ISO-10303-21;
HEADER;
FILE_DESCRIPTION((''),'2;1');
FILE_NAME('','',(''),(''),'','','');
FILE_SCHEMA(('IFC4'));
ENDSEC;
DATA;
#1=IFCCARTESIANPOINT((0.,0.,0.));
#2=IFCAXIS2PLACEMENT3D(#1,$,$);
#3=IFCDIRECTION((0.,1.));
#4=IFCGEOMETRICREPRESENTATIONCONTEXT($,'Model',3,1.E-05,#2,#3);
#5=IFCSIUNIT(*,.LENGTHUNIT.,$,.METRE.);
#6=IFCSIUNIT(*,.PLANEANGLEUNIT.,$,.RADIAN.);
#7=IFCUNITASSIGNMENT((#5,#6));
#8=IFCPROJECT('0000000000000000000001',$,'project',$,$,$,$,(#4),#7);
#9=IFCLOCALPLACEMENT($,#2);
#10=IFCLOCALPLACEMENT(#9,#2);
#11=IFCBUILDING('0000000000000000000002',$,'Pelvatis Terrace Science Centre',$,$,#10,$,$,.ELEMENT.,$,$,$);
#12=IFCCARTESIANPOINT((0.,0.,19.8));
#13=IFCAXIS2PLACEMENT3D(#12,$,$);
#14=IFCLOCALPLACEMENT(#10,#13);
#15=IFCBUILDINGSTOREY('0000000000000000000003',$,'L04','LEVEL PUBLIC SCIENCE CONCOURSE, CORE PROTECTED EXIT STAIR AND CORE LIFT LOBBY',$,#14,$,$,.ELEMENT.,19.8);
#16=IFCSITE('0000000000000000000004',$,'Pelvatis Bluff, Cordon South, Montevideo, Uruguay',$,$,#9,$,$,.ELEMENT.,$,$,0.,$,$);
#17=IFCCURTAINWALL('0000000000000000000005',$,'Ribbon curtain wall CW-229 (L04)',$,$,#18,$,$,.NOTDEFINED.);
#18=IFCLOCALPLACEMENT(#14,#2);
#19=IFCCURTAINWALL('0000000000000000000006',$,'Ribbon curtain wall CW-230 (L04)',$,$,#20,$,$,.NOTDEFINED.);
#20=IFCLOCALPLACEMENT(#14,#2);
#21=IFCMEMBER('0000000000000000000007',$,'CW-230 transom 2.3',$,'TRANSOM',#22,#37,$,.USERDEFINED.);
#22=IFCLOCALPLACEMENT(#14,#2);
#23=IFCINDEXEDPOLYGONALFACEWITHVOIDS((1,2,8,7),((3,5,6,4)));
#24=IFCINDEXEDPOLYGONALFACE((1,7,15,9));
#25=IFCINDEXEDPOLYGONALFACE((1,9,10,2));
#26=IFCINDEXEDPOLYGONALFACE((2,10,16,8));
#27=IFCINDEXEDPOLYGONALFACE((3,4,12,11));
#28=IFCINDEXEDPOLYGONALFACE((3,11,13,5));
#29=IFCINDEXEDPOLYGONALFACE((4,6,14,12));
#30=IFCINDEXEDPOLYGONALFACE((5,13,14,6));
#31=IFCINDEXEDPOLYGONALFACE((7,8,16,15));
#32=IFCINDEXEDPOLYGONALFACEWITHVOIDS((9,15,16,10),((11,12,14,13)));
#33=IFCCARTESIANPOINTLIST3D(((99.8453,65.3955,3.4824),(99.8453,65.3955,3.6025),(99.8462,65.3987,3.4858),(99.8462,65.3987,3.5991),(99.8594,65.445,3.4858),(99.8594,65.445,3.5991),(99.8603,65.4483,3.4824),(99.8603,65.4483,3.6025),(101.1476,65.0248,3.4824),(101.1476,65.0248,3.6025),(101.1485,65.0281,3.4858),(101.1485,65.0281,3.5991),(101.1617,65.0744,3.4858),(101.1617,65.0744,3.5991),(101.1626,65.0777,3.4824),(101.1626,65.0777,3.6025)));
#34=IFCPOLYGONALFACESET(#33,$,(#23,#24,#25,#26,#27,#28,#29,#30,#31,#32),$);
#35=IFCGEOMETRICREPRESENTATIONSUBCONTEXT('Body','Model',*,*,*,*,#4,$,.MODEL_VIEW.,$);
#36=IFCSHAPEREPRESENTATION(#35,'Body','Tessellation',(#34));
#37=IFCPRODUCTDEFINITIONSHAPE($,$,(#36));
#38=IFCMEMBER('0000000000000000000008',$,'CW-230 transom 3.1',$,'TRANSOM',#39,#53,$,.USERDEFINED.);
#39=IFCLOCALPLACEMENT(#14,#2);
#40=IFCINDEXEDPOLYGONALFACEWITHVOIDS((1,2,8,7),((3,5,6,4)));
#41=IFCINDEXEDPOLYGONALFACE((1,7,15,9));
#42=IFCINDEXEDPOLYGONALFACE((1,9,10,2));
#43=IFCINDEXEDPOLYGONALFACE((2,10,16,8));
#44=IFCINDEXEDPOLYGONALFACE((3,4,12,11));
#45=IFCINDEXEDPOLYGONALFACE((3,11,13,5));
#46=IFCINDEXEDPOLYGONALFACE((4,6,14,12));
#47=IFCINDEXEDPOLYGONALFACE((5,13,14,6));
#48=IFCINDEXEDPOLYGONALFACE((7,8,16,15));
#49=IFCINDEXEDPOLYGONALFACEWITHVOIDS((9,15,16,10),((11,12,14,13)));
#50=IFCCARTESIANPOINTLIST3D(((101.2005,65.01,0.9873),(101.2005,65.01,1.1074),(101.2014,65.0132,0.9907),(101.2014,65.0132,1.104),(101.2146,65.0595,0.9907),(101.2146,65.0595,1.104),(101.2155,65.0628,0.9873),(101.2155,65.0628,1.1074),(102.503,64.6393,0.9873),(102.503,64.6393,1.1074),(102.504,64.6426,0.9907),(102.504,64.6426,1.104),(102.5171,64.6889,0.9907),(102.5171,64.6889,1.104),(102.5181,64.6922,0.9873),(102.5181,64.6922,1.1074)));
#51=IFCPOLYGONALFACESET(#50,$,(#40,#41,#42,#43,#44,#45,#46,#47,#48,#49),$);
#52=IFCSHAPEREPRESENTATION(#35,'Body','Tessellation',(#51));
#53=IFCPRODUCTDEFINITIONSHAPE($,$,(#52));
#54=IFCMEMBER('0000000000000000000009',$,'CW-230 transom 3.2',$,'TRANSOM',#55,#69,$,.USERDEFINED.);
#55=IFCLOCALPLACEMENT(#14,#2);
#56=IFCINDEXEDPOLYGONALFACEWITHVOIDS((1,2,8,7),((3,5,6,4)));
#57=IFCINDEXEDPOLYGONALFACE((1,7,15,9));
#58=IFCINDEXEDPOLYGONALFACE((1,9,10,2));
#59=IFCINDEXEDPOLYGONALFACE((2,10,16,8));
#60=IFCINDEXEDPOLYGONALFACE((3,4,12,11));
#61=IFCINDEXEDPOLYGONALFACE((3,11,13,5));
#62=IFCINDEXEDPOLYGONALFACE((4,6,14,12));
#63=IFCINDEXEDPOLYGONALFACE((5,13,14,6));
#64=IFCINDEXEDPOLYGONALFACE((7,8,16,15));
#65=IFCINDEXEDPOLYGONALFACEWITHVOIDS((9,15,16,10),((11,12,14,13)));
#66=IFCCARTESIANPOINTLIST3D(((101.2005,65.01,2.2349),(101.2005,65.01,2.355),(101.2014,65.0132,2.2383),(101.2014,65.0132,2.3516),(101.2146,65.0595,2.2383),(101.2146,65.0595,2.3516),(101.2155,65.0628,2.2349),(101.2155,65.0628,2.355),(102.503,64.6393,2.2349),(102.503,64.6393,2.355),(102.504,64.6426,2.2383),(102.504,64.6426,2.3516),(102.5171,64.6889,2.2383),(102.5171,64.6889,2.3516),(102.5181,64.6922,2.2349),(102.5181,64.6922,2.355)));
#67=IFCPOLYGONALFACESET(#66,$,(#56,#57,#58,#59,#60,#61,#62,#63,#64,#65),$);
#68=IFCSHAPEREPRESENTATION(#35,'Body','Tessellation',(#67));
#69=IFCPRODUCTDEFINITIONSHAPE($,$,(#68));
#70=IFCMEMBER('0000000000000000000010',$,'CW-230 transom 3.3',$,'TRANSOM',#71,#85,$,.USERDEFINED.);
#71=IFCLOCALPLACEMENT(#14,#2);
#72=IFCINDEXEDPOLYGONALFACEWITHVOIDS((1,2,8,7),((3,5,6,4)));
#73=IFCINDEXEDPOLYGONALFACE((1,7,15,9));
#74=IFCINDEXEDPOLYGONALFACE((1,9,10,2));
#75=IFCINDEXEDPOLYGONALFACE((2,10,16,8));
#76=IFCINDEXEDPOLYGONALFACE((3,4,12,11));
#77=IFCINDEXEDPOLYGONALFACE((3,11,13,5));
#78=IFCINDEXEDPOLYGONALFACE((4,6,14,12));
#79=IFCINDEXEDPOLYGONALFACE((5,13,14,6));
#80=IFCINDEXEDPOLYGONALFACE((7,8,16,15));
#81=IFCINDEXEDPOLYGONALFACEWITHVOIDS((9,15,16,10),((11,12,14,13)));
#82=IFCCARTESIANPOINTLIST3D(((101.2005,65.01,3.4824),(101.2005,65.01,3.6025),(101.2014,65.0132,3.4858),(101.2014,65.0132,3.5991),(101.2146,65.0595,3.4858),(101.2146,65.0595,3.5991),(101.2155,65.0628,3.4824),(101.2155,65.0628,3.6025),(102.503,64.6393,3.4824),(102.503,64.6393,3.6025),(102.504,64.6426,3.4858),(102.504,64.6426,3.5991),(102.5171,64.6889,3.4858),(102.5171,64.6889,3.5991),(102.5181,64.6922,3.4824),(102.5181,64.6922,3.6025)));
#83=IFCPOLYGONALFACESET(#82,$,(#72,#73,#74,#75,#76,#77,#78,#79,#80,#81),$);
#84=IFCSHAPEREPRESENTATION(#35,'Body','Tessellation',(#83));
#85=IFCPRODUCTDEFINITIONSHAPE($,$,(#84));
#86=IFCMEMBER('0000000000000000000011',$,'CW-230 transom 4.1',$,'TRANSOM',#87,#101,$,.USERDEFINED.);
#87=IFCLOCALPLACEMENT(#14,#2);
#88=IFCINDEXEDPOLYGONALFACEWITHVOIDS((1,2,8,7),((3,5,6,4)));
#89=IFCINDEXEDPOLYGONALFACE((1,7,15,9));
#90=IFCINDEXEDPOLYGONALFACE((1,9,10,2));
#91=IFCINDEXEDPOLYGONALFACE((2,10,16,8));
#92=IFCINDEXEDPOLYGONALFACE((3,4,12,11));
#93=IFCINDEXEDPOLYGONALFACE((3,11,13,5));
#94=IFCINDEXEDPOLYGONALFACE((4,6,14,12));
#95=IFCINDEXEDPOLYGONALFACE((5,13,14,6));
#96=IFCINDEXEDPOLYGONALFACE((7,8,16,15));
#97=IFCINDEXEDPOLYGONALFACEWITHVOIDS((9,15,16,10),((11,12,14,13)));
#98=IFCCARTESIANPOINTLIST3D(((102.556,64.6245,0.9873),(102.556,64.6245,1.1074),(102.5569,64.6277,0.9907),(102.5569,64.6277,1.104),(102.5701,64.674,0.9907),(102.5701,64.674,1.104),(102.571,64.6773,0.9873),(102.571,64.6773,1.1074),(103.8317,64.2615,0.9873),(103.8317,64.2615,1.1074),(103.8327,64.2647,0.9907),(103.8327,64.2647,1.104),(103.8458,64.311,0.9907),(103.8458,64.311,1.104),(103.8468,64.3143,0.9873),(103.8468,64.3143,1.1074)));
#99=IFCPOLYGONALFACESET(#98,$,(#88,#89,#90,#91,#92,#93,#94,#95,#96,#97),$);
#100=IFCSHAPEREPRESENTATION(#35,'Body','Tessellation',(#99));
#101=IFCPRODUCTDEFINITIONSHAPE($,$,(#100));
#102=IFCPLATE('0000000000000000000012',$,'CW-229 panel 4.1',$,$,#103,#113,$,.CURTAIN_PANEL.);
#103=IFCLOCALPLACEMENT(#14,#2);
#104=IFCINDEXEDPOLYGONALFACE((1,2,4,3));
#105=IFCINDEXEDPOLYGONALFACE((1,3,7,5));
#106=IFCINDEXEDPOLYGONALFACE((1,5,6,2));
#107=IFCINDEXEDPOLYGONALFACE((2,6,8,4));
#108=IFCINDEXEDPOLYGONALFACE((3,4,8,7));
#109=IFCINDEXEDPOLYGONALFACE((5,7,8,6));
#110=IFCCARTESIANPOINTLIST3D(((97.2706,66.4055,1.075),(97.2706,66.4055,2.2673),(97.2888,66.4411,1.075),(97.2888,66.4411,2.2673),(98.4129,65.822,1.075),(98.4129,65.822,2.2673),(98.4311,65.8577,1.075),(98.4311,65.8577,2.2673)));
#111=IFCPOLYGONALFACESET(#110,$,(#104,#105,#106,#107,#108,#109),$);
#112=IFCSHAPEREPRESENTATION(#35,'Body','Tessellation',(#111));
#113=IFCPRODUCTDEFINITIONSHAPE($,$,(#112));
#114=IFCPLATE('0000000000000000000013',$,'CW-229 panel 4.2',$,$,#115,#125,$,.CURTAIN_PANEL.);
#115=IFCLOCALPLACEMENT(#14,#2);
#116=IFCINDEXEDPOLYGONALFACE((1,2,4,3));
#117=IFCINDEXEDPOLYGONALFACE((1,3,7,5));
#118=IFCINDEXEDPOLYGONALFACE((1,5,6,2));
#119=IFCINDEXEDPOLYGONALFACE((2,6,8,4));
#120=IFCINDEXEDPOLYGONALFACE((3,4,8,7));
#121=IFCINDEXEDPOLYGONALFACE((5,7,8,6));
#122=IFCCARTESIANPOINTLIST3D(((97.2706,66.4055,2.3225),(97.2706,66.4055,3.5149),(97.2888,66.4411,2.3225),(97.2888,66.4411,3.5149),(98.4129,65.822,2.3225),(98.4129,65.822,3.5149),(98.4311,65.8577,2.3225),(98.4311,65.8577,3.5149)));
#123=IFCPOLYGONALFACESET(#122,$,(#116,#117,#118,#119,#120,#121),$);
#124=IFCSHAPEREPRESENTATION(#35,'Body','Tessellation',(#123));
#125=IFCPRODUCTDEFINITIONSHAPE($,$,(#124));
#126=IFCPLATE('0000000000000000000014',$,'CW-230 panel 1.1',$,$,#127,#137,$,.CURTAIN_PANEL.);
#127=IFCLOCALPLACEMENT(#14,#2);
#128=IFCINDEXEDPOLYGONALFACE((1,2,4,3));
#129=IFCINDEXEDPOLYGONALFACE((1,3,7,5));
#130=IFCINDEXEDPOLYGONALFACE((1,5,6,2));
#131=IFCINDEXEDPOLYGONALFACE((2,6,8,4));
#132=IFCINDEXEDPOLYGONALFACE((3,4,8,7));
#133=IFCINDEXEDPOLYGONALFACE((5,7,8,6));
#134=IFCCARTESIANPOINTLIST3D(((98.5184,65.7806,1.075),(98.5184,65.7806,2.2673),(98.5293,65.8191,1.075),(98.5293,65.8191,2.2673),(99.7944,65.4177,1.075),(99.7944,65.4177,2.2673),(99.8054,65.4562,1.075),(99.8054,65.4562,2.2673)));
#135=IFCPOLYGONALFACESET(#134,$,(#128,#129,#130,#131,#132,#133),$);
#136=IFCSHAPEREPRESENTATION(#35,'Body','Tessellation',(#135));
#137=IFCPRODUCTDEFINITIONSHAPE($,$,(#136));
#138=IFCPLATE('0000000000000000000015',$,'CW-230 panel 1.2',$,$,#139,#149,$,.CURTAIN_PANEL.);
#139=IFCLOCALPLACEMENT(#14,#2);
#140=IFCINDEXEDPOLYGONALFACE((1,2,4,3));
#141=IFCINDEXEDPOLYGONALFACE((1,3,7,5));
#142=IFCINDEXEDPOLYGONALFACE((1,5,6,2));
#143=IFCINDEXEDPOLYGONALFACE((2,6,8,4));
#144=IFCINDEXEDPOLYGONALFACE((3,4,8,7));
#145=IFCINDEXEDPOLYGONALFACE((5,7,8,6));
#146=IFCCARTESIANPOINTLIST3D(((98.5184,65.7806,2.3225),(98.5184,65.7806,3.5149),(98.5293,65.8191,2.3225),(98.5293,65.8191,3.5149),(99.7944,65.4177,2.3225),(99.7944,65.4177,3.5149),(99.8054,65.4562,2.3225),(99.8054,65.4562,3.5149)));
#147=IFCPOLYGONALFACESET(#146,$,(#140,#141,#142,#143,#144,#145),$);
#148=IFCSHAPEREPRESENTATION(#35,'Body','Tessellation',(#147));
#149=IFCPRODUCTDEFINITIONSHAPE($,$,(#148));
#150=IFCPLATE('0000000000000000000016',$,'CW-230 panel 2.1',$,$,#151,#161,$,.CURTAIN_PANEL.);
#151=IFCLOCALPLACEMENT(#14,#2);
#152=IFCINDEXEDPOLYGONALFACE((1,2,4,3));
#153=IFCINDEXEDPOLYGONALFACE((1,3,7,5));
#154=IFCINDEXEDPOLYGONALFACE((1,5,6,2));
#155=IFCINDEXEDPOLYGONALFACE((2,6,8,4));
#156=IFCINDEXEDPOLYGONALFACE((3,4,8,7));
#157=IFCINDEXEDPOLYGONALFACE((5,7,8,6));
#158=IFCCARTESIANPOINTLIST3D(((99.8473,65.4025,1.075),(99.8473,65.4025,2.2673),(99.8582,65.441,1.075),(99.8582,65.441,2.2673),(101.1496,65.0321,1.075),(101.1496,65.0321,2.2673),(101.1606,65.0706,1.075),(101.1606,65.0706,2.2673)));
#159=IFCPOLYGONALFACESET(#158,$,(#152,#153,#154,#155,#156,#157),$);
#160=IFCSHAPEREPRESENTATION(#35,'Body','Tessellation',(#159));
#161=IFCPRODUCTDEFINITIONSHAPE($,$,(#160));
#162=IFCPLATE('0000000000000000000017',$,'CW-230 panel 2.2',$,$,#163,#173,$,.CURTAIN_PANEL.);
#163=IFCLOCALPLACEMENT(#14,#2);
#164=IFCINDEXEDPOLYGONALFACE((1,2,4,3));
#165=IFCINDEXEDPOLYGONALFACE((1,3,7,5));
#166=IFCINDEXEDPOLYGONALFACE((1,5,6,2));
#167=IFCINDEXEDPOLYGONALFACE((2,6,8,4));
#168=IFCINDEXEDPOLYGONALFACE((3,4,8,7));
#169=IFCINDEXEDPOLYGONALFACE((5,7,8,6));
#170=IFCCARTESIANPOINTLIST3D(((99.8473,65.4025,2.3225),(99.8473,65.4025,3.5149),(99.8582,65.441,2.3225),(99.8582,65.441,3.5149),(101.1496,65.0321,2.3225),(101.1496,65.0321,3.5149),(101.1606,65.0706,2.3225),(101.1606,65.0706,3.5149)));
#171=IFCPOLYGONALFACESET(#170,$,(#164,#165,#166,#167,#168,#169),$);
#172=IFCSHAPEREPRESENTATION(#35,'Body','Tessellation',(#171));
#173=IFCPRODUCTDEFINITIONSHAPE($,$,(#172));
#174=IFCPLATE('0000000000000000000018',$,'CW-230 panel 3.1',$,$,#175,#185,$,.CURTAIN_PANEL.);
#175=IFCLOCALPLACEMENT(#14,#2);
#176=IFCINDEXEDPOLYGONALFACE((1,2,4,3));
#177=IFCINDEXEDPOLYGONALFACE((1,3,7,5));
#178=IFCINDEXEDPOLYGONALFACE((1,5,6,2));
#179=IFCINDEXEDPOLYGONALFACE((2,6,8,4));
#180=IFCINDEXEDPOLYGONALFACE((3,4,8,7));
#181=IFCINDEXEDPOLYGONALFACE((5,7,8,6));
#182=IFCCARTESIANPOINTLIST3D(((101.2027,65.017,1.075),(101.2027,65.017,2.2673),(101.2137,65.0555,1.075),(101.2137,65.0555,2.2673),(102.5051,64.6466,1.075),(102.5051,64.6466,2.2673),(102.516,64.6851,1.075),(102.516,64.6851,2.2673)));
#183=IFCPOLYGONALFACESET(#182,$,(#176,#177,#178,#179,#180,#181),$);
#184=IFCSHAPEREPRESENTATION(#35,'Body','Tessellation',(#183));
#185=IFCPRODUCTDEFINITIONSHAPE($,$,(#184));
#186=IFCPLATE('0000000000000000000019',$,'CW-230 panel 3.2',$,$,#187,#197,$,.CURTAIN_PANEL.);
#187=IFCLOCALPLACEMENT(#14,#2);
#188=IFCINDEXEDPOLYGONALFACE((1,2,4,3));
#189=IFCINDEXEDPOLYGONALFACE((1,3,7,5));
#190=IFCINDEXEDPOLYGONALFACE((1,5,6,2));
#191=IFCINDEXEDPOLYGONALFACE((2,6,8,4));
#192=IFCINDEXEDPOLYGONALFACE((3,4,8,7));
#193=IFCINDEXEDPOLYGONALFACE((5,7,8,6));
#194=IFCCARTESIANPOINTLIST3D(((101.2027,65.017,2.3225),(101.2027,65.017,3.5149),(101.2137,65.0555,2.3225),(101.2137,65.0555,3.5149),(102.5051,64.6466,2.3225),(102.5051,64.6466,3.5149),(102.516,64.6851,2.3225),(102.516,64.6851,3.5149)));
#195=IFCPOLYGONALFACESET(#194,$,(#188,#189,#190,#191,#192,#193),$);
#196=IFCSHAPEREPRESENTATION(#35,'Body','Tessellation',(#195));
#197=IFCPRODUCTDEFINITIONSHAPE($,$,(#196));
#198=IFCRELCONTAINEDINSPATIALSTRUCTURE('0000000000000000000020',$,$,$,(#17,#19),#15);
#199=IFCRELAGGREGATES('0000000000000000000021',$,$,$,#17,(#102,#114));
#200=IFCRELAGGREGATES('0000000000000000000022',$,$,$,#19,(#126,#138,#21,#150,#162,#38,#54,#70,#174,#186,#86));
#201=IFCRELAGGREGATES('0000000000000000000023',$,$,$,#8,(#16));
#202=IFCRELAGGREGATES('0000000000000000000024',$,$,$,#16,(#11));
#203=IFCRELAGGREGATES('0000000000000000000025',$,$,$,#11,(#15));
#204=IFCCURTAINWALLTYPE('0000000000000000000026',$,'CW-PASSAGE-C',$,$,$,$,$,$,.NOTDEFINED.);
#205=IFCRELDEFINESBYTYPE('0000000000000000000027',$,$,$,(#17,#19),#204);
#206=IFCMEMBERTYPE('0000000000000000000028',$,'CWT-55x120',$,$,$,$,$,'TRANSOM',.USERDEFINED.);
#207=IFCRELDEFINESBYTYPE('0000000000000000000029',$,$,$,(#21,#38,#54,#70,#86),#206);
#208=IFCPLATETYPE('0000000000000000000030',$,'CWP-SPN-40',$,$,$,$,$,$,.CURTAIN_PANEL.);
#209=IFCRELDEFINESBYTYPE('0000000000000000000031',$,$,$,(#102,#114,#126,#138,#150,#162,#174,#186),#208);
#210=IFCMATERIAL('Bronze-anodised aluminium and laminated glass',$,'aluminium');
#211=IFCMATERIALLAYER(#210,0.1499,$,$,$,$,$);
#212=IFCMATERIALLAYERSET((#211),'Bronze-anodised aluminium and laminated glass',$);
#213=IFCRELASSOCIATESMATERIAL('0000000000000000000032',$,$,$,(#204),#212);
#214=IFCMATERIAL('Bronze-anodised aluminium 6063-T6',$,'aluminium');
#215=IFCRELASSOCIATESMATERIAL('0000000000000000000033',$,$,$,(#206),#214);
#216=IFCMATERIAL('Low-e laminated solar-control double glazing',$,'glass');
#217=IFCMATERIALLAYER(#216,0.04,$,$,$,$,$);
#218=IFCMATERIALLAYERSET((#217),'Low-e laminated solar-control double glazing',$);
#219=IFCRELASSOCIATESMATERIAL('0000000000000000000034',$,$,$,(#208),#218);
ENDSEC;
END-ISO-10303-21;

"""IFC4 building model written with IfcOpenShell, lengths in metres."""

from ifc_helpers import new_model, si_unit, direction, frame, origin, origin_2d, place, context, subcontext, project, spatial, rectangle, hollow_rectangle, extrude, material, layer, layer_set, material_profile, profile_set, type_object, element, aggregate, save


model = new_model("IFC4")

# Units and contexts
model_context = context("Model", 3, precision=1e-05, world=origin(), true_north=direction((0.0, 1.0)))
body_context = subcontext(model_context, "Body", "Model", "MODEL_VIEW")
ifc_project = project(units=[si_unit("LENGTHUNIT", "METRE"), si_unit("PLANEANGLEUNIT", "RADIAN")], contexts=[model_context])

# Site, building, storey
site_placement = place(None, origin())
site = spatial("IfcSite", under=ifc_project, at=site_placement, Name="Pelvatis Bluff, Cordon South, Montevideo, Uruguay", CompositionType="ELEMENT", RefElevation=0.0)
building_placement = place(site_placement, origin())
building = spatial("IfcBuilding", under=site, at=building_placement, Name="Pelvatis Terrace Science Centre", CompositionType="ELEMENT")
storey_placement = place(building_placement, frame((0.0, 0.0, 19.8)))
storey = spatial("IfcBuildingStorey", under=building, at=storey_placement, Name="L04", Description="LEVEL PUBLIC SCIENCE CONCOURSE, CORE PROTECTED EXIT STAIR AND CORE LIFT LOBBY", CompositionType="ELEMENT", Elevation=19.8)

# Curtain wall
ifc_material_1 = material(Name="Bronze-anodised aluminium and laminated glass", Category="aluminium")
ifc_layer_1 = layer(ifc_material_1, 0.1499)
ifc_layer_set_1 = layer_set([ifc_layer_1], Name="Bronze-anodised aluminium and laminated glass")
curtain_wall_type = type_object("IfcCurtainWallType", Name="CW-PASSAGE-C", PredefinedType="NOTDEFINED", material=ifc_layer_set_1)
curtain_wall_1_placement = place(storey_placement, origin())
curtain_wall_1 = element("IfcCurtainWall", 1, at=curtain_wall_1_placement, inside=storey, type_object=curtain_wall_type, Name="Ribbon curtain wall CW-229 (L04)", PredefinedType="NOTDEFINED")

# Curtain wall
curtain_wall_2_placement = place(storey_placement, origin())
curtain_wall_2 = element("IfcCurtainWall", 2, at=curtain_wall_2_placement, inside=storey, type_object=curtain_wall_type, Name="Ribbon curtain wall CW-230 (L04)", PredefinedType="NOTDEFINED")

# Members
ifc_material_2 = material(Name="Bronze-anodised aluminium 6063-T6", Category="aluminium")
ifc_material_profile_1 = material_profile(ifc_material_2, hollow_rectangle(XDim=0.0549, YDim=0.1201, WallThickness=0.0034, at=origin_2d()), Name="ALU-TRN 55x120")
ifc_profile_set_1 = profile_set([ifc_material_profile_1], Name="Bronze-anodised aluminium 6063-T6")
member_type_1 = type_object("IfcMemberType", Name="CWT-55x120", ElementType="TRANSOM", PredefinedType="USERDEFINED", material=ifc_profile_set_1)
member_1_placement = place(storey_placement, frame((99.8528, 65.4219, 3.5425), z_axis=(0.961809, -0.273721, 0.0), x_axis=(0.273721, 0.961809, 0.0)))
member_1 = element("IfcMember", 3, at=member_1_placement, type_object=member_type_1, Name="CW-230 transom 2.3", ObjectType="TRANSOM", PredefinedType="USERDEFINED", context=body_context, shape_type="SweptSolid", body=[
    extrude(hollow_rectangle(XDim=0.0549, YDim=0.1201, WallThickness=0.0034, at=origin_2d()), origin(), (0.0, 0.0, 1.0), 1.354),
])
member_2_placement = place(storey_placement, frame((101.208, 65.0364, 1.0474), z_axis=(0.961823, -0.273673, 0.0), x_axis=(0.273673, 0.961823, 0.0)))
member_2 = element("IfcMember", 4, at=member_2_placement, type_object=member_type_1, Name="CW-230 transom 3.1", ObjectType="TRANSOM", PredefinedType="USERDEFINED", context=body_context, shape_type="SweptSolid", body=[
    extrude(hollow_rectangle(XDim=0.0549, YDim=0.1201, WallThickness=0.0034, at=origin_2d()), origin(), (0.0, 0.0, 1.0), 1.3542),
])
member_3_placement = place(storey_placement, frame((101.208, 65.0364, 2.2949), z_axis=(0.961823, -0.273673, 0.0), x_axis=(0.273673, 0.961823, 0.0)))
member_3 = element("IfcMember", 5, at=member_3_placement, type_object=member_type_1, Name="CW-230 transom 3.2", ObjectType="TRANSOM", PredefinedType="USERDEFINED", context=body_context, shape_type="SweptSolid", body=[
    extrude(hollow_rectangle(XDim=0.0549, YDim=0.1201, WallThickness=0.0034, at=origin_2d()), origin(), (0.0, 0.0, 1.0), 1.3542),
])
member_4_placement = place(storey_placement, frame((101.208, 65.0364, 3.5425), z_axis=(0.961823, -0.273673, 0.0), x_axis=(0.273673, 0.961823, 0.0)))
member_4 = element("IfcMember", 6, at=member_4_placement, type_object=member_type_1, Name="CW-230 transom 3.3", ObjectType="TRANSOM", PredefinedType="USERDEFINED", context=body_context, shape_type="SweptSolid", body=[
    extrude(hollow_rectangle(XDim=0.0549, YDim=0.1201, WallThickness=0.0034, at=origin_2d()), origin(), (0.0, 0.0, 1.0), 1.3542),
])
member_5_placement = place(storey_placement, frame((102.5635, 64.6509, 1.0474), z_axis=(0.961822, -0.273676, 0.0), x_axis=(0.273676, 0.961822, 0.0)))
member_5 = element("IfcMember", 7, at=member_5_placement, type_object=member_type_1, Name="CW-230 transom 4.1", ObjectType="TRANSOM", PredefinedType="USERDEFINED", context=body_context, shape_type="SweptSolid", body=[
    extrude(hollow_rectangle(XDim=0.0549, YDim=0.1201, WallThickness=0.0034, at=origin_2d()), origin(), (0.0, 0.0, 1.0), 1.3264),
])

# Plates
ifc_material_3 = material(Name="Low-e laminated solar-control double glazing", Category="glass")
ifc_layer_2 = layer(ifc_material_3, 0.04)
ifc_layer_set_2 = layer_set([ifc_layer_2], Name="Low-e laminated solar-control double glazing")
plate_type = type_object("IfcPlateType", Name="CWP-SPN-40", PredefinedType="CURTAIN_PANEL", material=ifc_layer_set_2)
plate_1_placement = place(storey_placement, frame((97.8508, 66.1316, 1.075), z_axis=(0.0, 0.0, 1.0), x_axis=(0.890564, -0.454859, 0.0)))
plate_1 = element("IfcPlate", 8, at=plate_1_placement, type_object=plate_type, Name="CW-229 panel 4.1", PredefinedType="CURTAIN_PANEL", context=body_context, shape_type="SweptSolid", body=[
    extrude(rectangle(XDim=1.2827, YDim=0.04, at=origin_2d()), origin(), (0.0, 0.0, 1.0), 1.1924),
])
plate_2_placement = place(storey_placement, frame((97.8508, 66.1316, 2.3225), z_axis=(0.0, 0.0, 1.0), x_axis=(0.890564, -0.454859, 0.0)))
plate_2 = element("IfcPlate", 9, at=plate_2_placement, type_object=plate_type, Name="CW-229 panel 4.2", PredefinedType="CURTAIN_PANEL", context=body_context, shape_type="SweptSolid", body=[
    extrude(rectangle(XDim=1.2827, YDim=0.04, at=origin_2d()), origin(), (0.0, 0.0, 1.0), 1.1924),
])
aggregate(curtain_wall_1, [plate_1, plate_2])
plate_3_placement = place(storey_placement, frame((99.1619, 65.6184, 1.075), z_axis=(0.0, 0.0, 1.0), x_axis=(0.96185, -0.273577, 0.0)))
plate_3 = element("IfcPlate", 10, at=plate_3_placement, type_object=plate_type, Name="CW-230 panel 1.1", PredefinedType="CURTAIN_PANEL", context=body_context, shape_type="SweptSolid", body=[
    extrude(rectangle(XDim=1.3267, YDim=0.04, at=origin_2d()), origin(), (0.0, 0.0, 1.0), 1.1924),
])
plate_4_placement = place(storey_placement, frame((99.1619, 65.6184, 2.3225), z_axis=(0.0, 0.0, 1.0), x_axis=(0.96185, -0.273577, 0.0)))
plate_4 = element("IfcPlate", 11, at=plate_4_placement, type_object=plate_type, Name="CW-230 panel 1.2", PredefinedType="CURTAIN_PANEL", context=body_context, shape_type="SweptSolid", body=[
    extrude(rectangle(XDim=1.3267, YDim=0.04, at=origin_2d()), origin(), (0.0, 0.0, 1.0), 1.1924),
])
plate_5_placement = place(storey_placement, frame((100.5039, 65.2366, 1.075), z_axis=(0.0, 0.0, 1.0), x_axis=(0.96185, -0.273577, 0.0)))
plate_5 = element("IfcPlate", 12, at=plate_5_placement, type_object=plate_type, Name="CW-230 panel 2.1", PredefinedType="CURTAIN_PANEL", context=body_context, shape_type="SweptSolid", body=[
    extrude(rectangle(XDim=1.354, YDim=0.04, at=origin_2d()), origin(), (0.0, 0.0, 1.0), 1.1924),
])
plate_6_placement = place(storey_placement, frame((100.5039, 65.2366, 2.3225), z_axis=(0.0, 0.0, 1.0), x_axis=(0.96185, -0.273577, 0.0)))
plate_6 = element("IfcPlate", 13, at=plate_6_placement, type_object=plate_type, Name="CW-230 panel 2.2", PredefinedType="CURTAIN_PANEL", context=body_context, shape_type="SweptSolid", body=[
    extrude(rectangle(XDim=1.354, YDim=0.04, at=origin_2d()), origin(), (0.0, 0.0, 1.0), 1.1924),
])
plate_7_placement = place(storey_placement, frame((101.8594, 64.8511, 1.075), z_axis=(0.0, 0.0, 1.0), x_axis=(0.96185, -0.273577, 0.0)))
plate_7 = element("IfcPlate", 14, at=plate_7_placement, type_object=plate_type, Name="CW-230 panel 3.1", PredefinedType="CURTAIN_PANEL", context=body_context, shape_type="SweptSolid", body=[
    extrude(rectangle(XDim=1.354, YDim=0.04, at=origin_2d()), origin(), (0.0, 0.0, 1.0), 1.1924),
])
plate_8_placement = place(storey_placement, frame((101.8594, 64.8511, 2.3225), z_axis=(0.0, 0.0, 1.0), x_axis=(0.96185, -0.273577, 0.0)))
plate_8 = element("IfcPlate", 15, at=plate_8_placement, type_object=plate_type, Name="CW-230 panel 3.2", PredefinedType="CURTAIN_PANEL", context=body_context, shape_type="SweptSolid", body=[
    extrude(rectangle(XDim=1.354, YDim=0.04, at=origin_2d()), origin(), (0.0, 0.0, 1.0), 1.1924),
])
aggregate(curtain_wall_2, [plate_3, plate_4, member_1, plate_5, plate_6, member_2, member_3, member_4, plate_7, plate_8, member_5])

save(model, "model.ifc")
